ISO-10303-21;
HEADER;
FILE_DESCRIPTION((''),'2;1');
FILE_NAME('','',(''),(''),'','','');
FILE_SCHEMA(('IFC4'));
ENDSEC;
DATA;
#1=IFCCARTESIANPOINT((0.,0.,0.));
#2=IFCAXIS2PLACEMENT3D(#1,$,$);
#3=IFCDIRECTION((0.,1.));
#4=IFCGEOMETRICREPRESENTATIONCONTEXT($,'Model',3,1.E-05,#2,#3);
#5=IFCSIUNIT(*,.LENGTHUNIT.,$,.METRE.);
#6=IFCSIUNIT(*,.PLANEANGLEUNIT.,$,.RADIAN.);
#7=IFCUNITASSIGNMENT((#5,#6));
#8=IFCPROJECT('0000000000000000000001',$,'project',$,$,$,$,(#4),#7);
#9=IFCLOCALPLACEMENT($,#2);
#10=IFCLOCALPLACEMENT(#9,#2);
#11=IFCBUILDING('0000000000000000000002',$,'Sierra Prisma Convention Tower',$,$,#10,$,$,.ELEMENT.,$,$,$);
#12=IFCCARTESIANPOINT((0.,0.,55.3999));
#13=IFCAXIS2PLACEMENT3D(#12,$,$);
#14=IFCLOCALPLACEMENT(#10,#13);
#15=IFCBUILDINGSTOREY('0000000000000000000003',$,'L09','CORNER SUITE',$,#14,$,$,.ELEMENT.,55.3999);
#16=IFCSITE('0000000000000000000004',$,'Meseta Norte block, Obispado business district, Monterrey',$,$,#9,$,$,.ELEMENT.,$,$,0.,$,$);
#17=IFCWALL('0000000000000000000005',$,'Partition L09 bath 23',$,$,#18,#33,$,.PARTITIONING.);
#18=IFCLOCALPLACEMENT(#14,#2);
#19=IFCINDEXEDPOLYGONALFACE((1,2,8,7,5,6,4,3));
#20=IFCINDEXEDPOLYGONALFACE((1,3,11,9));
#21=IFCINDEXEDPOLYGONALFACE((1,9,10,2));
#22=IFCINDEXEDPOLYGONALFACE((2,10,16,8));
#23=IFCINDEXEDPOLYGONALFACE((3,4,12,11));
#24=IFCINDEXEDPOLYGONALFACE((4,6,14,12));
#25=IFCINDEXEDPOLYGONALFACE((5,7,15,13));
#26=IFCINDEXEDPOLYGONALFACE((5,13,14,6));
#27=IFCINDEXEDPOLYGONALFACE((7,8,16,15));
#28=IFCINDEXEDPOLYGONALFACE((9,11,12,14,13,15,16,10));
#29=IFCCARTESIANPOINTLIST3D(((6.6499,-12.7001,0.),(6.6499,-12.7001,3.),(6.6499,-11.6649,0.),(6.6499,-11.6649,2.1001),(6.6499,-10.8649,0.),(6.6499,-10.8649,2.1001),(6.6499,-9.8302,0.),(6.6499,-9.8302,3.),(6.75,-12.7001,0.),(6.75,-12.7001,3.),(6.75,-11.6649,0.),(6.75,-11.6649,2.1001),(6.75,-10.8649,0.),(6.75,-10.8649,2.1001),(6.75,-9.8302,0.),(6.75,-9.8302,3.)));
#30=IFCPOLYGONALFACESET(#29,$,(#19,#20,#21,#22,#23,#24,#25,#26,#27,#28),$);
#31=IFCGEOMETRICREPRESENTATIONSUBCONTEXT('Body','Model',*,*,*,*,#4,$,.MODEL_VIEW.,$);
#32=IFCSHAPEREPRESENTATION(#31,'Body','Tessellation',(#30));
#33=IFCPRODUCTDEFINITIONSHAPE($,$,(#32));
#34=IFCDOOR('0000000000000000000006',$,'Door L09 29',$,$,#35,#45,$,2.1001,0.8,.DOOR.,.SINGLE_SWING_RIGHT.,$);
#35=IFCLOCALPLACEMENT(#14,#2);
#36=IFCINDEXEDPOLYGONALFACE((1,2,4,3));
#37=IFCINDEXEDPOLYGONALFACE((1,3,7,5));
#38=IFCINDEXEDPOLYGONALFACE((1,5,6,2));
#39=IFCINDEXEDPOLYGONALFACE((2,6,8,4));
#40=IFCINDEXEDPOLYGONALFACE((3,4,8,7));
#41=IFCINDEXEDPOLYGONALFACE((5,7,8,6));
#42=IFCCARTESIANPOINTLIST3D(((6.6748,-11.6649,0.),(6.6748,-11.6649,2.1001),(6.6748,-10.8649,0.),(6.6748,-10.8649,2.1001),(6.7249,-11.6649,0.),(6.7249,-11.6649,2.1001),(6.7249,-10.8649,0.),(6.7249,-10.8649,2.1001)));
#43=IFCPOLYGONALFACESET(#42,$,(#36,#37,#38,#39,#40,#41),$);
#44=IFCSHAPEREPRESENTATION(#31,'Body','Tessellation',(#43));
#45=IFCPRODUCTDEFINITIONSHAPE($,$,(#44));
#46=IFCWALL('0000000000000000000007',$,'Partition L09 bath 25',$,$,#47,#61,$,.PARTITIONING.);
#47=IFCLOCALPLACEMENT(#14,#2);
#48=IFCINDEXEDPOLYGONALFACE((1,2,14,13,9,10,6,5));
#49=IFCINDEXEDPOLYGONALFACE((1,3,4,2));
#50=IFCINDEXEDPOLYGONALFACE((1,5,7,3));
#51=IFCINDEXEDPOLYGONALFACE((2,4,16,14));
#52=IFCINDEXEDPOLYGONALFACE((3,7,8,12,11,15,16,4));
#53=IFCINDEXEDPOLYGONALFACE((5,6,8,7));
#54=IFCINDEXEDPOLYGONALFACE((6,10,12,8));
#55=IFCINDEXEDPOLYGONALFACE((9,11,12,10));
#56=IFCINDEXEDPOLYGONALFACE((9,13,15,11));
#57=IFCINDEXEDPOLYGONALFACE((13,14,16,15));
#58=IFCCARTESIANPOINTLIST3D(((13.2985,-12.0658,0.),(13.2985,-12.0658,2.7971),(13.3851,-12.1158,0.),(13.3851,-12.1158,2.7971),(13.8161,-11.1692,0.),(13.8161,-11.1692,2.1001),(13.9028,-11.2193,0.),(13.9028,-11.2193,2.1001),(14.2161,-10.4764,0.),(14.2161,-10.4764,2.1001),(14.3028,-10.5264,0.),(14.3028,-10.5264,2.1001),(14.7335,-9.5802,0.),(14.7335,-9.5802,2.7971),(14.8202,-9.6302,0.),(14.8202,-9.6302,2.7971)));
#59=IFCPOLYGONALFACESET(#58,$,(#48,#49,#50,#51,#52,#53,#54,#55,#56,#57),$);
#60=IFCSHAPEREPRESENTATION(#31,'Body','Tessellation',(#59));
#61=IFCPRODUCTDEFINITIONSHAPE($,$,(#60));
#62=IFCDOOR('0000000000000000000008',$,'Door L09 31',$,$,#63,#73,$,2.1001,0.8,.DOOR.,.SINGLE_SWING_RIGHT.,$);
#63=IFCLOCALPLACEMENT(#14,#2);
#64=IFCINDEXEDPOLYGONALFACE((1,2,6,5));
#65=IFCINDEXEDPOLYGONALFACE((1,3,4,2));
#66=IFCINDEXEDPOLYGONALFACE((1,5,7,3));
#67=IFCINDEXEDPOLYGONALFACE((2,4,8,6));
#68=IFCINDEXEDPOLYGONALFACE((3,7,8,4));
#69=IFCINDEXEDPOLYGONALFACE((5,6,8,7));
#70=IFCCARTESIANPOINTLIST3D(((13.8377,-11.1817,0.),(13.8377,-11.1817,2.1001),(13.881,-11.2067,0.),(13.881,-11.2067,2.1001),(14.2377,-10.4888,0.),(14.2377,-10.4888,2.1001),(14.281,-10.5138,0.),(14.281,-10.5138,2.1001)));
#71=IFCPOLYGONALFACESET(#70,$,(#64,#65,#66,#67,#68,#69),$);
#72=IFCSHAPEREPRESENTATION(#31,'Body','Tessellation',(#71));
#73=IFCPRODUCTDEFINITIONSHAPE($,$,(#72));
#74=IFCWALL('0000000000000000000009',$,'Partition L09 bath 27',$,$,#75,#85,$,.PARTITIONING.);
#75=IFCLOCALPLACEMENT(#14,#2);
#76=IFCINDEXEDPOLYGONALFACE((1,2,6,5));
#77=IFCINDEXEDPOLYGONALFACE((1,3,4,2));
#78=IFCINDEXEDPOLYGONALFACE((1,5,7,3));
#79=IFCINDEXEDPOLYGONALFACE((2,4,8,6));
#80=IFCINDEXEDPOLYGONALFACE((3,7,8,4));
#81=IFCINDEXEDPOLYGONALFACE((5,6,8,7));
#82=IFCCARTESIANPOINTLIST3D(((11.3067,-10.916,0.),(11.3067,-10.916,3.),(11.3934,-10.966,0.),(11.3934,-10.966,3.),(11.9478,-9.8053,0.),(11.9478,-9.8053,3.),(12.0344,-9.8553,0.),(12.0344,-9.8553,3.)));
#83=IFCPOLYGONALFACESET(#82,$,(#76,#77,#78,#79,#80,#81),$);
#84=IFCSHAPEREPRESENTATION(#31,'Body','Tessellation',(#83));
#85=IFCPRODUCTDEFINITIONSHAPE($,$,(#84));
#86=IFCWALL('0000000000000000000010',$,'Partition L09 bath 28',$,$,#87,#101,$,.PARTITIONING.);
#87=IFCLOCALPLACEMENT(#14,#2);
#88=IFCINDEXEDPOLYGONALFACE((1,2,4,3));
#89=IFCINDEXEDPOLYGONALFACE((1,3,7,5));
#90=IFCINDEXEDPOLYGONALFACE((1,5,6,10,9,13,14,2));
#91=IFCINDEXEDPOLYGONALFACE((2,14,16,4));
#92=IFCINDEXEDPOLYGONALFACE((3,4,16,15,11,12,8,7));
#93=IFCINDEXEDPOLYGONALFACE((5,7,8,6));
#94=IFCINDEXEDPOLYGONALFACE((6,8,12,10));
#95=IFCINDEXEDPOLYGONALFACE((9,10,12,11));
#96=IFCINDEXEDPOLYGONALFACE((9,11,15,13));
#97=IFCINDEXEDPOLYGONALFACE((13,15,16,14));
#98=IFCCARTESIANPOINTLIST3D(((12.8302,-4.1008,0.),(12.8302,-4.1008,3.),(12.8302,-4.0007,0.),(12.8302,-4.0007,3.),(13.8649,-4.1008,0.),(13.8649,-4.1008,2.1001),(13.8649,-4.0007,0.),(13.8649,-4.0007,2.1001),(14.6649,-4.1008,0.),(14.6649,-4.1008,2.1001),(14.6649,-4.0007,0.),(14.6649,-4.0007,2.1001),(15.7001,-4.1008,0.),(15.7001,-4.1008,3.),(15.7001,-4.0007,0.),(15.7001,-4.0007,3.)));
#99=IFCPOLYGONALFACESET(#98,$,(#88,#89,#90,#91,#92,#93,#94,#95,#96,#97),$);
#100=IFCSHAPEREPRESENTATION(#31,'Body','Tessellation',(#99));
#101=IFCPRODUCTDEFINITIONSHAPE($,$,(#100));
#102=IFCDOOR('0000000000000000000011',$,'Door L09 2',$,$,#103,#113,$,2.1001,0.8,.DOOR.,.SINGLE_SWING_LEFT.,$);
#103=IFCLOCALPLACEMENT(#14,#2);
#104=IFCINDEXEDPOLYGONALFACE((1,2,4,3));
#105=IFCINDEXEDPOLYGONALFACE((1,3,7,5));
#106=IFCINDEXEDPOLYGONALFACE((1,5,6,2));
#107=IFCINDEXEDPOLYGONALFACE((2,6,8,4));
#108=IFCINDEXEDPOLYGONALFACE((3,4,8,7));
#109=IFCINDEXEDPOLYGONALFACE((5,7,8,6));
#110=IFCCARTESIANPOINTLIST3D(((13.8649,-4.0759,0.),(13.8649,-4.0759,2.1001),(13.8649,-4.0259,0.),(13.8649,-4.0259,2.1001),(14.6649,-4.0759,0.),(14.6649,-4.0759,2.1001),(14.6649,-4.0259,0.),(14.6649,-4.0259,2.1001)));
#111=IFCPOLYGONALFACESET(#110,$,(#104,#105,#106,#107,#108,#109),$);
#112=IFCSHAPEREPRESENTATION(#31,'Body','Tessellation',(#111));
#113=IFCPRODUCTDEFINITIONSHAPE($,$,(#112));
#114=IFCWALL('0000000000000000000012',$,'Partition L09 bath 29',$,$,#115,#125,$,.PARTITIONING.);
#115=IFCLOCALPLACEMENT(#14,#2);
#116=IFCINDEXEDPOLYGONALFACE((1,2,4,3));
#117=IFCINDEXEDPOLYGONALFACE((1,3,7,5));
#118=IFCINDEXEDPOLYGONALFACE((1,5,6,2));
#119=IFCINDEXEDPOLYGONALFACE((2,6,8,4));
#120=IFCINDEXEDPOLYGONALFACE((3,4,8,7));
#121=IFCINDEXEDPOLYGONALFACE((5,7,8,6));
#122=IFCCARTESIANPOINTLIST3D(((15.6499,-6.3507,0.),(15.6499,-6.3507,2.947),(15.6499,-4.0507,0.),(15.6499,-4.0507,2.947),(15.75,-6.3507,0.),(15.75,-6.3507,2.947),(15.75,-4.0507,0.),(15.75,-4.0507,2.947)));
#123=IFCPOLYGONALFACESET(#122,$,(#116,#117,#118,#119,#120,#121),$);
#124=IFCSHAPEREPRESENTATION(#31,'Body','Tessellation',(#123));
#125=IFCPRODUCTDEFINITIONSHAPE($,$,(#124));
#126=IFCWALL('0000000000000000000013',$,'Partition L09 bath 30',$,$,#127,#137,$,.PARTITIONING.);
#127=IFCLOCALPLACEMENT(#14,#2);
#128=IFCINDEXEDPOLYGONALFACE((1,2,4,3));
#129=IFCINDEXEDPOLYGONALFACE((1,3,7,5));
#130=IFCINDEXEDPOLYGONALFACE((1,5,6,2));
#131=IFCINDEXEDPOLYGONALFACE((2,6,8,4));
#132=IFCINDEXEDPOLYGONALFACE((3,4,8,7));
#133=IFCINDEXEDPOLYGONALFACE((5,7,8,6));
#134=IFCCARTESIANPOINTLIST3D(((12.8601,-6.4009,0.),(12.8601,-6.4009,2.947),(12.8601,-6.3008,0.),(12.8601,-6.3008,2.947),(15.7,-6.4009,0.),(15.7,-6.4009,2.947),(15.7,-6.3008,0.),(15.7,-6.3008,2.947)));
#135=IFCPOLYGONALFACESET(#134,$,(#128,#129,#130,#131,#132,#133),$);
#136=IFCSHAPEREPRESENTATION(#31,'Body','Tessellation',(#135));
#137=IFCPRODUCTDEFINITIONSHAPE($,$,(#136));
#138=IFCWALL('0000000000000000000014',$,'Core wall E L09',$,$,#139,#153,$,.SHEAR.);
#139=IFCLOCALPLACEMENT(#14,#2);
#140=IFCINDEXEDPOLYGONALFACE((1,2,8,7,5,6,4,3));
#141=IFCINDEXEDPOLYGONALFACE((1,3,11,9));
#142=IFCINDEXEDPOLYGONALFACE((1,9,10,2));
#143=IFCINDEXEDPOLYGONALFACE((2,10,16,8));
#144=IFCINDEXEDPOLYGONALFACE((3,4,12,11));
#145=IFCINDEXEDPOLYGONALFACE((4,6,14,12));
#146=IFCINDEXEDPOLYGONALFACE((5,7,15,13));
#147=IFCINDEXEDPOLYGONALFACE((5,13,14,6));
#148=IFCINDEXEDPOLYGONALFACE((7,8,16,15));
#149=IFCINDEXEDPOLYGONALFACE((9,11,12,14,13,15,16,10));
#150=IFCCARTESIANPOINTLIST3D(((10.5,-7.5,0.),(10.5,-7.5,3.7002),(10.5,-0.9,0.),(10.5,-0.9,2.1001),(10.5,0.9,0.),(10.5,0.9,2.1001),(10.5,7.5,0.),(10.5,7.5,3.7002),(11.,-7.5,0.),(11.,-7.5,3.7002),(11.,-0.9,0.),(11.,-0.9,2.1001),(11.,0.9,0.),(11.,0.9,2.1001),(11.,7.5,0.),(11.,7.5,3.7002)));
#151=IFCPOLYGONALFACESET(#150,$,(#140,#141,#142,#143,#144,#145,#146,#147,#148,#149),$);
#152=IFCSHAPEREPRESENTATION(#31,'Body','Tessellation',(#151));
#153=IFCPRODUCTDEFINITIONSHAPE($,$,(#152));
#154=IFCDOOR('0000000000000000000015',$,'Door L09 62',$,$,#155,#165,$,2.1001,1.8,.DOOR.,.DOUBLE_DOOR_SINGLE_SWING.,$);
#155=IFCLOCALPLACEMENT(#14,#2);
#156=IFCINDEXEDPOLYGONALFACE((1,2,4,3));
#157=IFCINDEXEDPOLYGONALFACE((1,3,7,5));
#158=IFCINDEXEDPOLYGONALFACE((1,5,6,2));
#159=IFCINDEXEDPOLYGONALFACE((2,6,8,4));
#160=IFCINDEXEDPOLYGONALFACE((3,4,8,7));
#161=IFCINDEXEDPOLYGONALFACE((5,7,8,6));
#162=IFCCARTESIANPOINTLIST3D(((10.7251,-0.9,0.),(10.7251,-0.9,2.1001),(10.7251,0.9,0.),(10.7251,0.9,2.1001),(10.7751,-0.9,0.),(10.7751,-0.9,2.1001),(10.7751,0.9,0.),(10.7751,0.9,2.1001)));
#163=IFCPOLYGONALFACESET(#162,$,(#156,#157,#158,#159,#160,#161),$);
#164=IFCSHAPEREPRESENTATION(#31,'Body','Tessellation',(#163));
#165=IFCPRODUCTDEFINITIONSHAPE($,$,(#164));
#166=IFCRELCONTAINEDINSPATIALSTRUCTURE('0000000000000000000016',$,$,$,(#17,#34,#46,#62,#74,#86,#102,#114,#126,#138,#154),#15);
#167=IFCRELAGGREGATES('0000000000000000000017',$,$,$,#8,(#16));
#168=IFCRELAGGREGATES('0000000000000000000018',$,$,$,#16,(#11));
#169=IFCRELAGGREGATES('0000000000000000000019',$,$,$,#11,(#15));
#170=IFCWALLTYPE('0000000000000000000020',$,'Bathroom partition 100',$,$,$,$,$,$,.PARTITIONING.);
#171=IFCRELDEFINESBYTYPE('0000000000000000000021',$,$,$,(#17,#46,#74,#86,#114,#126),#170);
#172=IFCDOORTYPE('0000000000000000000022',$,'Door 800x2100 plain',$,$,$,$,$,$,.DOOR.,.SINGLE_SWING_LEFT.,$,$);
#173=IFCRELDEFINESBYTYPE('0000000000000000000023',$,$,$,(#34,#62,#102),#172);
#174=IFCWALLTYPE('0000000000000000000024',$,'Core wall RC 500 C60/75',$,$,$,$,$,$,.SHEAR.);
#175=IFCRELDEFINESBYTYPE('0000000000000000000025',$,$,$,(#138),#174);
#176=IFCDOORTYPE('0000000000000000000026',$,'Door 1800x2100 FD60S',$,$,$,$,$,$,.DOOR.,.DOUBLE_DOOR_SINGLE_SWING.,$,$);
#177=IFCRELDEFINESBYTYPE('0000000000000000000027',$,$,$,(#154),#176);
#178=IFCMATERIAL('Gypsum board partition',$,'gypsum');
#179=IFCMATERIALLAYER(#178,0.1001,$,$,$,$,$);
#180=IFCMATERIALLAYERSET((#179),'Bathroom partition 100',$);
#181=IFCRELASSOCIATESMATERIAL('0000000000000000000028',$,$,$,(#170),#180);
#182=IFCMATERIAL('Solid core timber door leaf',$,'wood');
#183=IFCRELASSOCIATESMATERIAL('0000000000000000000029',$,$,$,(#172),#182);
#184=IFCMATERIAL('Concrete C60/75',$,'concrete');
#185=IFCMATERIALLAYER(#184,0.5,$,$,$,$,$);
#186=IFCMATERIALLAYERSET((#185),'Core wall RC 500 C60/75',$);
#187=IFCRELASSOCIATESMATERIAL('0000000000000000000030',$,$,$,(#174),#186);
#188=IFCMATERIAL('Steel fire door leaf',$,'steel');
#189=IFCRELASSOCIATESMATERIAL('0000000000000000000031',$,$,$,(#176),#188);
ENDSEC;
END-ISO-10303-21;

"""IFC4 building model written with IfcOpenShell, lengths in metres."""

from ifc_helpers import new_model, si_unit, direction, frame, frame_2d, origin, place, context, subcontext, project, spatial, rectangle, extrude, material, layer, layer_set, type_object, element, fill, save


model = new_model("IFC4")

# Units and contexts
model_context = context("Model", 3, precision=1e-05, world=origin(), true_north=direction((0.0, 1.0)))
body_context = subcontext(model_context, "Body", "Model", "MODEL_VIEW")
ifc_project = project(units=[si_unit("LENGTHUNIT", "METRE"), si_unit("PLANEANGLEUNIT", "RADIAN")], contexts=[model_context])

# Site, building, storey
site_placement = place(None, origin())
site = spatial("IfcSite", under=ifc_project, at=site_placement, Name="Meseta Norte block, Obispado business district, Monterrey", CompositionType="ELEMENT", RefElevation=0.0)
building_placement = place(site_placement, origin())
building = spatial("IfcBuilding", under=site, at=building_placement, Name="Sierra Prisma Convention Tower", CompositionType="ELEMENT")
storey_placement = place(building_placement, frame((0.0, 0.0, 55.3999)))
storey = spatial("IfcBuildingStorey", under=building, at=storey_placement, Name="L09", Description="CORNER SUITE", CompositionType="ELEMENT", Elevation=55.3999)

# Walls, openings, doors
ifc_material_1 = material(Name="Gypsum board partition", Category="gypsum")
ifc_layer_1 = layer(ifc_material_1, 0.1001)
ifc_layer_set_1 = layer_set([ifc_layer_1], Name="Bathroom partition 100")
wall_type_1 = type_object("IfcWallType", Name="Bathroom partition 100", PredefinedType="PARTITIONING", material=ifc_layer_set_1)
wall_1_placement = place(storey_placement, frame((6.7, -9.8301, 0.0), z_axis=(0.0, 0.0, 1.0), x_axis=(0.0, -1.0, 0.0)))
wall_1 = element("IfcWall", 1, at=wall_1_placement, inside=storey, type_object=wall_type_1, Name="Partition L09 bath 23", PredefinedType="PARTITIONING", context=body_context, shape_type="SweptSolid", body=[
    extrude(rectangle(XDim=2.8699, YDim=0.1001, at=frame_2d((1.4351, 0.0))), origin(), (0.0, 0.0, 1.0), 3.0),
])
opening_1_placement = place(wall_1_placement, frame((1.0349, 0.0, 0.0)))
opening_1 = element("IfcOpeningElement", 2, at=opening_1_placement, cuts=wall_1, PredefinedType="OPENING", context=body_context, shape_type="SweptSolid", body=[
    extrude(rectangle(XDim=0.8, YDim=2.1001, at=frame_2d((0.3999, 1.05))), frame((0.0, 0.05, 0.0), z_axis=(0.0, -1.0, 0.0), x_axis=(1.0, 0.0, 0.0)), (0.0, 0.0, 1.0), 0.1001),
])
ifc_material_2 = material(Name="Solid core timber door leaf", Category="wood")
door_type_1 = type_object("IfcDoorType", Name="Door 800x2100 plain", OperationType="SINGLE_SWING_LEFT", PredefinedType="DOOR", material=ifc_material_2)
door_1_placement = place(opening_1_placement, origin())
door_1 = element("IfcDoor", 3, at=door_1_placement, inside=storey, type_object=door_type_1, Name="Door L09 29", OperationType="SINGLE_SWING_RIGHT", OverallHeight=2.1001, OverallWidth=0.8, PredefinedType="DOOR", context=body_context, shape_type="SweptSolid", body=[
    extrude(rectangle(XDim=0.8, YDim=2.1001, at=frame_2d((0.3999, 1.05))), frame((0.0, 0.0249, 0.0), z_axis=(0.0, -1.0, 0.0), x_axis=(1.0, 0.0, 0.0)), (0.0, 0.0, 1.0), 0.05),
])
fill(opening_1, door_1)
wall_2_placement = place(storey_placement, frame((14.7769, -9.6052, 0.0), z_axis=(0.0, 0.0, 1.0), x_axis=(-0.5, -0.866026, 0.0)))
wall_2 = element("IfcWall", 4, at=wall_2_placement, inside=storey, type_object=wall_type_1, Name="Partition L09 bath 25", PredefinedType="PARTITIONING", context=body_context, shape_type="SweptSolid", body=[
    extrude(rectangle(XDim=2.8701, YDim=0.1001, at=frame_2d((1.4351, 0.0))), origin(), (0.0, 0.0, 1.0), 2.7971),
])
opening_2_placement = place(wall_2_placement, frame((1.0349, 0.0, 0.0)))
opening_2 = element("IfcOpeningElement", 5, at=opening_2_placement, cuts=wall_2, PredefinedType="OPENING", context=body_context, shape_type="SweptSolid", body=[
    extrude(rectangle(XDim=0.8, YDim=2.1001, at=frame_2d((0.3999, 1.05))), frame((0.0, 0.05, 0.0), z_axis=(0.0, -1.0, 0.0), x_axis=(1.0, 0.0, 0.0)), (0.0, 0.0, 1.0), 0.1001),
])
door_2_placement = place(opening_2_placement, origin())
door_2 = element("IfcDoor", 6, at=door_2_placement, inside=storey, type_object=door_type_1, Name="Door L09 31", OperationType="SINGLE_SWING_RIGHT", OverallHeight=2.1001, OverallWidth=0.8, PredefinedType="DOOR", context=body_context, shape_type="SweptSolid", body=[
    extrude(rectangle(XDim=0.8, YDim=2.1001, at=frame_2d((0.3999, 1.05))), frame((0.0, 0.0249, 0.0), z_axis=(0.0, -1.0, 0.0), x_axis=(1.0, 0.0, 0.0)), (0.0, 0.0, 1.0), 0.05),
])
fill(opening_2, door_2)

# Wall
wall_3_placement = place(storey_placement, frame((11.3501, -10.9409, 0.0), z_axis=(0.0, 0.0, 1.0), x_axis=(0.499865, 0.866103, 0.0)))
element("IfcWall", 7, at=wall_3_placement, inside=storey, type_object=wall_type_1, Name="Partition L09 bath 27", PredefinedType="PARTITIONING", context=body_context, shape_type="SweptSolid", body=[
    extrude(rectangle(XDim=1.2825, YDim=0.1001, at=frame_2d((0.6411, 0.0))), origin(), (0.0, 0.0, 1.0), 3.0),
])

# Wall, opening, door
wall_4_placement = place(storey_placement, frame((12.8301, -4.0508, 0.0), z_axis=(0.0, 0.0, 1.0), x_axis=(1.0, 0.0, 0.0)))
wall_4 = element("IfcWall", 8, at=wall_4_placement, inside=storey, type_object=wall_type_1, Name="Partition L09 bath 28", PredefinedType="PARTITIONING", context=body_context, shape_type="SweptSolid", body=[
    extrude(rectangle(XDim=2.8699, YDim=0.1001, at=frame_2d((1.4351, 0.0))), origin(), (0.0, 0.0, 1.0), 3.0),
])
opening_3_placement = place(wall_4_placement, frame((1.0349, 0.0, 0.0)))
opening_3 = element("IfcOpeningElement", 9, at=opening_3_placement, cuts=wall_4, PredefinedType="OPENING", context=body_context, shape_type="SweptSolid", body=[
    extrude(rectangle(XDim=0.8, YDim=2.1001, at=frame_2d((0.3999, 1.05))), frame((0.0, 0.05, 0.0), z_axis=(0.0, -1.0, 0.0), x_axis=(1.0, 0.0, 0.0)), (0.0, 0.0, 1.0), 0.1001),
])
door_3_placement = place(opening_3_placement, origin())
door_3 = element("IfcDoor", 10, at=door_3_placement, inside=storey, type_object=door_type_1, Name="Door L09 2", OperationType="SINGLE_SWING_LEFT", OverallHeight=2.1001, OverallWidth=0.8, PredefinedType="DOOR", context=body_context, shape_type="SweptSolid", body=[
    extrude(rectangle(XDim=0.8, YDim=2.1001, at=frame_2d((0.3999, 1.05))), frame((0.0, 0.0249, 0.0), z_axis=(0.0, -1.0, 0.0), x_axis=(1.0, 0.0, 0.0)), (0.0, 0.0, 1.0), 0.05),
])
fill(opening_3, door_3)

# Walls
wall_5_placement = place(storey_placement, frame((15.7, -4.0508, 0.0), z_axis=(0.0, 0.0, 1.0), x_axis=(0.0, -1.0, 0.0)))
element("IfcWall", 11, at=wall_5_placement, inside=storey, type_object=wall_type_1, Name="Partition L09 bath 29", PredefinedType="PARTITIONING", context=body_context, shape_type="SweptSolid", body=[
    extrude(rectangle(XDim=2.3, YDim=0.1001, at=frame_2d((1.1499, 0.0))), origin(), (0.0, 0.0, 1.0), 2.947),
])
wall_6_placement = place(storey_placement, frame((15.7, -6.3508, 0.0), z_axis=(0.0, 0.0, 1.0), x_axis=(-1.0, 0.0, 0.0)))
element("IfcWall", 12, at=wall_6_placement, inside=storey, type_object=wall_type_1, Name="Partition L09 bath 30", PredefinedType="PARTITIONING", context=body_context, shape_type="SweptSolid", body=[
    extrude(rectangle(XDim=2.8398, YDim=0.1001, at=frame_2d((1.4199, 0.0))), origin(), (0.0, 0.0, 1.0), 2.947),
])

# Wall, opening, door
ifc_material_3 = material(Name="Concrete C60/75", Category="concrete")
ifc_layer_2 = layer(ifc_material_3, 0.5)
ifc_layer_set_2 = layer_set([ifc_layer_2], Name="Core wall RC 500 C60/75")
wall_type_2 = type_object("IfcWallType", Name="Core wall RC 500 C60/75", PredefinedType="SHEAR", material=ifc_layer_set_2)
wall_7_placement = place(storey_placement, frame((10.75, -7.5, 0.0), z_axis=(0.0, 0.0, 1.0), x_axis=(0.0, 1.0, 0.0)))
wall_7 = element("IfcWall", 13, at=wall_7_placement, inside=storey, type_object=wall_type_2, Name="Core wall E L09", PredefinedType="SHEAR", context=body_context, shape_type="SweptSolid", body=[
    extrude(rectangle(XDim=15.0, YDim=0.5, at=frame_2d((7.5, 0.0))), origin(), (0.0, 0.0, 1.0), 3.7002),
])
opening_4_placement = place(wall_7_placement, frame((6.6001, 0.0, 0.0)))
opening_4 = element("IfcOpeningElement", 14, at=opening_4_placement, cuts=wall_7, PredefinedType="OPENING", context=body_context, shape_type="SweptSolid", body=[
    extrude(rectangle(XDim=1.8, YDim=2.1001, at=frame_2d((0.8999, 1.05))), frame((0.0, 0.25, 0.0), z_axis=(0.0, -1.0, 0.0), x_axis=(1.0, 0.0, 0.0)), (0.0, 0.0, 1.0), 0.5),
])
ifc_material_4 = material(Name="Steel fire door leaf", Category="steel")
door_type_2 = type_object("IfcDoorType", Name="Door 1800x2100 FD60S", OperationType="DOUBLE_DOOR_SINGLE_SWING", PredefinedType="DOOR", material=ifc_material_4)
door_4_placement = place(opening_4_placement, origin())
door_4 = element("IfcDoor", 15, at=door_4_placement, inside=storey, type_object=door_type_2, Name="Door L09 62", OperationType="DOUBLE_DOOR_SINGLE_SWING", OverallHeight=2.1001, OverallWidth=1.8, PredefinedType="DOOR", context=body_context, shape_type="SweptSolid", body=[
    extrude(rectangle(XDim=1.8, YDim=2.1001, at=frame_2d((0.8999, 1.05))), frame((0.0, 0.0249, 0.0), z_axis=(0.0, -1.0, 0.0), x_axis=(1.0, 0.0, 0.0)), (0.0, 0.0, 1.0), 0.05),
])
fill(opening_4, door_4)

save(model, "model.ifc")
